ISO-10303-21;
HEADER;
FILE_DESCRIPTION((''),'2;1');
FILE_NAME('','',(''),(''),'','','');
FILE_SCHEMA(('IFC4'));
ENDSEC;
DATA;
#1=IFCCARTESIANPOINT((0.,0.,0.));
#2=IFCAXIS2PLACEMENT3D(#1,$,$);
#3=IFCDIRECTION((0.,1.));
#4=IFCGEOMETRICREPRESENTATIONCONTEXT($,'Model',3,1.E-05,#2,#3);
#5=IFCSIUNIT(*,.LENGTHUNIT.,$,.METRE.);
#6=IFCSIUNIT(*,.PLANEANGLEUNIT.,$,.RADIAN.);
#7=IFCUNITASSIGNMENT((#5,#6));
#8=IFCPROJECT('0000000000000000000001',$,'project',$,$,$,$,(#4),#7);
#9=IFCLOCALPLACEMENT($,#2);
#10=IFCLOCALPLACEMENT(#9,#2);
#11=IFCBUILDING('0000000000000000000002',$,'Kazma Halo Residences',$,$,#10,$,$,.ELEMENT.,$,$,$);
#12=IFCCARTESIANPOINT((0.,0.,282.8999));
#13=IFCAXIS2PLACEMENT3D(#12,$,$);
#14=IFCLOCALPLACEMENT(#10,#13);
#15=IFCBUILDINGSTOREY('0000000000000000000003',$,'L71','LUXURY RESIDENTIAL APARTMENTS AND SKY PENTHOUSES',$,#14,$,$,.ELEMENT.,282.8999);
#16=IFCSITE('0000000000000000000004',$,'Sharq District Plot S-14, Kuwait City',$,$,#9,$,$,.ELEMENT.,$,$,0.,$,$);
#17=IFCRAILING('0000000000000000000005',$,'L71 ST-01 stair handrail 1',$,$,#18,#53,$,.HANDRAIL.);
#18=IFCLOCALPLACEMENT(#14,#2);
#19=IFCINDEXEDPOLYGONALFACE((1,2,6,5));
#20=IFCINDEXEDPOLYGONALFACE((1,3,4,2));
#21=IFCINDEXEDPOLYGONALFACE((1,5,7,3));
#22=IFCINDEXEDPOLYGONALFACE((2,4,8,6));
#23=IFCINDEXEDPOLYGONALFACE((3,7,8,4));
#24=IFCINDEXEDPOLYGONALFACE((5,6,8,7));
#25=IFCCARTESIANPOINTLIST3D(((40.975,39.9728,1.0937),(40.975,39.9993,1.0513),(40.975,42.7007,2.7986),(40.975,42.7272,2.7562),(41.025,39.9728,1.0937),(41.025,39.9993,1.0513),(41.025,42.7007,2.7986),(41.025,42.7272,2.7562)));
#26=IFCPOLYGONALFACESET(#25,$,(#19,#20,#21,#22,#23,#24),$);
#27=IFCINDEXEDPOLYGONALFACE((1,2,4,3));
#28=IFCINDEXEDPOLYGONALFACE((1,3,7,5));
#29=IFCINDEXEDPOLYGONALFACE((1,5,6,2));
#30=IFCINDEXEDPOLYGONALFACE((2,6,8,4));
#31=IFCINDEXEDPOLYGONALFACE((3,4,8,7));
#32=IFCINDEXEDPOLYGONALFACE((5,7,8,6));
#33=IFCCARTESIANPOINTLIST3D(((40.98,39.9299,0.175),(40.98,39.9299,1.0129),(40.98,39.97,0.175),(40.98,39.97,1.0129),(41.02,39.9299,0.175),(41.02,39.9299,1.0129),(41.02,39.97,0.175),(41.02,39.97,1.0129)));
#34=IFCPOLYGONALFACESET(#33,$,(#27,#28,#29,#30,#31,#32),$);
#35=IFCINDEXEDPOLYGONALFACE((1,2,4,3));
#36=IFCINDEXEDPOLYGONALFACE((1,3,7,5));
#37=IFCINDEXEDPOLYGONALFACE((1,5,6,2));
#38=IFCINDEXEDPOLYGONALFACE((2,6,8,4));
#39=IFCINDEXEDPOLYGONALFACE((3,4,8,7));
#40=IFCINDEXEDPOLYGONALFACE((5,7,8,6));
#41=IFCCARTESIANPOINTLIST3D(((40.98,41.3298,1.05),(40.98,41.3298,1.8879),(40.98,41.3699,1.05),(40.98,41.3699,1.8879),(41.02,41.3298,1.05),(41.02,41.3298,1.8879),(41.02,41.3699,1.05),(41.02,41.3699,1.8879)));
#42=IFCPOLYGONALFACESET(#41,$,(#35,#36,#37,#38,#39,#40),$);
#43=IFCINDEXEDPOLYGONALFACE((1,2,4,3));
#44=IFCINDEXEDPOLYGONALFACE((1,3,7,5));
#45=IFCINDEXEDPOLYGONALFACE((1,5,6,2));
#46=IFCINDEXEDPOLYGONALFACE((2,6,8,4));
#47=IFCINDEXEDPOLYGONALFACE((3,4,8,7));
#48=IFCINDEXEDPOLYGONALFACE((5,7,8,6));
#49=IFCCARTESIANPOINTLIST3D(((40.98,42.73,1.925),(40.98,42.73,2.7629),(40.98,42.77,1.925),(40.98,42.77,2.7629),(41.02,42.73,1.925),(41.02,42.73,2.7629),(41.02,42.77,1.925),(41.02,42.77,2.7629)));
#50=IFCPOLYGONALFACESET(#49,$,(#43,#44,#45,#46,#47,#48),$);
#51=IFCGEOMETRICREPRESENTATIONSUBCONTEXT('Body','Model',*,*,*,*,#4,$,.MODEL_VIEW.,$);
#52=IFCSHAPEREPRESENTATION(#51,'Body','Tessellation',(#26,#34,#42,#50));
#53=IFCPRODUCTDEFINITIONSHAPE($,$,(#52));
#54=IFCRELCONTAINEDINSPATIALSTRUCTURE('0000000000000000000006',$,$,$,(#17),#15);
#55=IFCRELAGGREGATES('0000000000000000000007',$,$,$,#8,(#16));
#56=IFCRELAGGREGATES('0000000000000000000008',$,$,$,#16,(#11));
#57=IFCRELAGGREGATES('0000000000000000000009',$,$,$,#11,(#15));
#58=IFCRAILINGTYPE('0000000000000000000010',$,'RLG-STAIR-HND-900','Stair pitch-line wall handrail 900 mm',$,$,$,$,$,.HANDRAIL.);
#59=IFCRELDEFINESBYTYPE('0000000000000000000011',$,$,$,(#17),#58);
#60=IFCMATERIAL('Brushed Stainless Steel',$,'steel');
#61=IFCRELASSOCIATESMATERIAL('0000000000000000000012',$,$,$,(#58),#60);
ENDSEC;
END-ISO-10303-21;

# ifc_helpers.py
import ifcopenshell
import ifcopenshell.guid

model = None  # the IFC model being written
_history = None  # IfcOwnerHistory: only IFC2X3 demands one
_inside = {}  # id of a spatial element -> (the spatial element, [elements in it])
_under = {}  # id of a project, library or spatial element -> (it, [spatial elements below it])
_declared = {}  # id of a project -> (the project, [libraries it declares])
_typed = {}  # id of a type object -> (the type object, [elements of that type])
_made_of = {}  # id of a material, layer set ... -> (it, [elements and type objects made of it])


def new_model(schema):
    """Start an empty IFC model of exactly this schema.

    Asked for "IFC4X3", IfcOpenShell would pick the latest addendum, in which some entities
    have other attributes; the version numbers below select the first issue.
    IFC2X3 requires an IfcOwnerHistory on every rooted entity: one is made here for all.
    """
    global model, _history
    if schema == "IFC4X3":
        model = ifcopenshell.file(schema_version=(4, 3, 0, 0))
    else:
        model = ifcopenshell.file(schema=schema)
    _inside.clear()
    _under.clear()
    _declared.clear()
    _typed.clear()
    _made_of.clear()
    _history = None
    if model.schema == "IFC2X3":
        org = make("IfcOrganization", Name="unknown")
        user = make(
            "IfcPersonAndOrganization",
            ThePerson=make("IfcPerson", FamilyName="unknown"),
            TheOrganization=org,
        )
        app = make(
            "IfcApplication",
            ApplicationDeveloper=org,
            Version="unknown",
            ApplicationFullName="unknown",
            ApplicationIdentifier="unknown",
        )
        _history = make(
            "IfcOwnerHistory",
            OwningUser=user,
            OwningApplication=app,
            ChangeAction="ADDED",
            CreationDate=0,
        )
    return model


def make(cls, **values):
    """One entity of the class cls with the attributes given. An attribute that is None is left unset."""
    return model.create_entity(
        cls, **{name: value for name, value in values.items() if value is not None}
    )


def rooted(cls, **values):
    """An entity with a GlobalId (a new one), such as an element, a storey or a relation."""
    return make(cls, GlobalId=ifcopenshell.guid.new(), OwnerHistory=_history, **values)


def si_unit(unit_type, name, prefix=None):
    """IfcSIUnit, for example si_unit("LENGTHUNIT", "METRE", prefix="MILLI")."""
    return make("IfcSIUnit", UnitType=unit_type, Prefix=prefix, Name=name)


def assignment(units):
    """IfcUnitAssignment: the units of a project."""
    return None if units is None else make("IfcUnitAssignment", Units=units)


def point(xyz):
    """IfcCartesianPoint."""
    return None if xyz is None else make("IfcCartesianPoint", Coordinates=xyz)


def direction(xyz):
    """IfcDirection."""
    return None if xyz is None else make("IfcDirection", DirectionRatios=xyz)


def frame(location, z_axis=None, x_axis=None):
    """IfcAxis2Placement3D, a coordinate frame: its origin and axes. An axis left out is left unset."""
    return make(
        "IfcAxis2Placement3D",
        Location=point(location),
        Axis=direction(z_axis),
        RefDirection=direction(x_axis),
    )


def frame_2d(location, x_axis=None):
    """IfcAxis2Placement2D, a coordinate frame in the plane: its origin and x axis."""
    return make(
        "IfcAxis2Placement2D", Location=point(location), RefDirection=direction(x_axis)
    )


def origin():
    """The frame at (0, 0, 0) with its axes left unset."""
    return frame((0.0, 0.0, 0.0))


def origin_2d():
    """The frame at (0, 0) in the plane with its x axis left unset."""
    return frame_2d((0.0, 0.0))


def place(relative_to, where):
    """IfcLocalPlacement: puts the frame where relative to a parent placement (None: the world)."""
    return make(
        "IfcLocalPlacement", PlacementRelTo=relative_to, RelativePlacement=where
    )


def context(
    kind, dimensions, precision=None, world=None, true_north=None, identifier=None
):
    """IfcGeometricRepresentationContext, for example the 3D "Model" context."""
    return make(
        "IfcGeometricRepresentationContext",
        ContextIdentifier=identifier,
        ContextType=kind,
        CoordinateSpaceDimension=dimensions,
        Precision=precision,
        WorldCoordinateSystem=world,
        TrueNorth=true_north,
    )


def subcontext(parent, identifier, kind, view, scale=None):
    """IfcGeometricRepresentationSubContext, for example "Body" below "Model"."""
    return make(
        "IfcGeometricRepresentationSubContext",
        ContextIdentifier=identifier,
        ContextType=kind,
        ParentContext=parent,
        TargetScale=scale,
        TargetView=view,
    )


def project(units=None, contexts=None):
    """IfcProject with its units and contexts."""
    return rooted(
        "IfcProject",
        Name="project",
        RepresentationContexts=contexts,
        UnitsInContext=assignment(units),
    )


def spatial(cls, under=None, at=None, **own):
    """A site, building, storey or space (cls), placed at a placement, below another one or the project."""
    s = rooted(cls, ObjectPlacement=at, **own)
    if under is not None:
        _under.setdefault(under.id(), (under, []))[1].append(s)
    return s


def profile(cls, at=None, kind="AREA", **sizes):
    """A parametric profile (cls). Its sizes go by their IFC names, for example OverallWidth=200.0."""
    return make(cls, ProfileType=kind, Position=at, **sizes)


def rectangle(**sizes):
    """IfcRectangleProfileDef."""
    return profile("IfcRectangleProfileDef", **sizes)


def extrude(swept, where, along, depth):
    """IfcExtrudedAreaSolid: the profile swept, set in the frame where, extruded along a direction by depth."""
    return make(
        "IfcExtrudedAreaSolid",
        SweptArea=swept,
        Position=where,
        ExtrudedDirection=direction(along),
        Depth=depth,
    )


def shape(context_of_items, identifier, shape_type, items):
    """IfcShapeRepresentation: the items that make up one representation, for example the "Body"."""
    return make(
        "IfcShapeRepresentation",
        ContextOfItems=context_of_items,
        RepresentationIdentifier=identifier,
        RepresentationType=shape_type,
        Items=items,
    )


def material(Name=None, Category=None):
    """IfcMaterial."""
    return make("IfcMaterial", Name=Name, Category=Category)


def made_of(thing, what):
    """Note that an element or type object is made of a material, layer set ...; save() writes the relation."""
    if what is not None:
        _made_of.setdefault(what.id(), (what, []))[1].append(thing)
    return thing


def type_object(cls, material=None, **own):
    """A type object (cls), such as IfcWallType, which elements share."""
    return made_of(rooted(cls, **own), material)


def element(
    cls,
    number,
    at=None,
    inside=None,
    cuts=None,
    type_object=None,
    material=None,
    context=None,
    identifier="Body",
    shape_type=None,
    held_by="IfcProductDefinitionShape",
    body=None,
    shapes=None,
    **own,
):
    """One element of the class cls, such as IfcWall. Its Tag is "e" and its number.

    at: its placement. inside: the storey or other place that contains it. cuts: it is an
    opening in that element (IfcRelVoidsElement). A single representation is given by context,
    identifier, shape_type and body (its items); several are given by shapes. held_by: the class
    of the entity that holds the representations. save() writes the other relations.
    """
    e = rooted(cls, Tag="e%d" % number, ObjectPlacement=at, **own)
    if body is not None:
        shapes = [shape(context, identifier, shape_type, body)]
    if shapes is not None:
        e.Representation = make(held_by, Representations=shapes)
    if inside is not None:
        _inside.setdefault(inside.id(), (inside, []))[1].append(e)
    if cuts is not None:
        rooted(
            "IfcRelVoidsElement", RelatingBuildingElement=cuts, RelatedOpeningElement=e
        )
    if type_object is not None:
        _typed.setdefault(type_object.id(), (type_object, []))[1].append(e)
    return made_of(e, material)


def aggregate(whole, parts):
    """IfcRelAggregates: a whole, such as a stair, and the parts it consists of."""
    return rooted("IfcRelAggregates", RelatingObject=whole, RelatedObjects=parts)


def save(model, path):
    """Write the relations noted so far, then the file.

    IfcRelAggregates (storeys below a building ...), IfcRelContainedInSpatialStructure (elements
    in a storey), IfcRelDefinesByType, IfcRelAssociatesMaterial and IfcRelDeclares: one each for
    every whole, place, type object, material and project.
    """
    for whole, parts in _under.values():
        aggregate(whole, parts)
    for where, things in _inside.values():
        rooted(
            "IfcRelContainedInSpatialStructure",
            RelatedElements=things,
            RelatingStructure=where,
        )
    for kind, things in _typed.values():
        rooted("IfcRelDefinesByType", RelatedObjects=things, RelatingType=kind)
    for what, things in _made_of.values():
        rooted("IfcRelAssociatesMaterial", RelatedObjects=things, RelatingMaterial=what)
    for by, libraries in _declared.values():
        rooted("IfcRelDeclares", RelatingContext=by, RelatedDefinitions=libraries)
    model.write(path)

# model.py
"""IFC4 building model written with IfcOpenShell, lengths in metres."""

from ifc_helpers import new_model, si_unit, direction, frame, origin, origin_2d, place, context, subcontext, project, spatial, rectangle, extrude, material, type_object, element, save


model = new_model("IFC4")

# Units and contexts
model_context = context("Model", 3, precision=1e-05, world=origin(), true_north=direction((0.0, 1.0)))
body_context = subcontext(model_context, "Body", "Model", "MODEL_VIEW")
ifc_project = project(units=[si_unit("LENGTHUNIT", "METRE"), si_unit("PLANEANGLEUNIT", "RADIAN")], contexts=[model_context])

# Site, building, storey
site_placement = place(None, origin())
site = spatial("IfcSite", under=ifc_project, at=site_placement, Name="Sharq District Plot S-14, Kuwait City", CompositionType="ELEMENT", RefElevation=0.0)
building_placement = place(site_placement, origin())
building = spatial("IfcBuilding", under=site, at=building_placement, Name="Kazma Halo Residences", CompositionType="ELEMENT")
storey_placement = place(building_placement, frame((0.0, 0.0, 282.8999)))
storey = spatial("IfcBuildingStorey", under=building, at=storey_placement, Name="L71", Description="LUXURY RESIDENTIAL APARTMENTS AND SKY PENTHOUSES", CompositionType="ELEMENT", Elevation=282.8999)

# Railing
ifc_material_1 = material(Name="Brushed Stainless Steel", Category="steel")
railing_type_1 = type_object("IfcRailingType", Name="RLG-STAIR-HND-900", Description="Stair pitch-line wall handrail 900 mm", PredefinedType="HANDRAIL", material=ifc_material_1)
railing_1_placement = place(storey_placement, frame((41.0, 39.95, 0.175)))
element("IfcRailing", 1, at=railing_1_placement, inside=storey, type_object=railing_type_1, Name="L71 ST-01 stair handrail 1", PredefinedType="HANDRAIL", context=body_context, shape_type="SweptSolid", body=[
    extrude(rectangle(XDim=0.05, YDim=0.05, at=origin_2d()), frame((0.0, 0.0361, 0.8975), z_axis=(0.0, 0.848002, 0.529992), x_axis=(-1.0, 0.0, 0.0)), (0.0, 0.0, 1.0), 3.2168),
    extrude(rectangle(XDim=0.04, YDim=0.04, at=origin_2d()), origin(), (0.0, 0.0, 1.0), 0.8379),
    extrude(rectangle(XDim=0.04, YDim=0.04, at=origin_2d()), frame((0.0, 1.3999, 0.875)), (0.0, 0.0, 1.0), 0.8379),
    extrude(rectangle(XDim=0.04, YDim=0.04, at=origin_2d()), frame((0.0, 2.8, 1.75)), (0.0, 0.0, 1.0), 0.8379),
])

save(model, "model.ifc")
